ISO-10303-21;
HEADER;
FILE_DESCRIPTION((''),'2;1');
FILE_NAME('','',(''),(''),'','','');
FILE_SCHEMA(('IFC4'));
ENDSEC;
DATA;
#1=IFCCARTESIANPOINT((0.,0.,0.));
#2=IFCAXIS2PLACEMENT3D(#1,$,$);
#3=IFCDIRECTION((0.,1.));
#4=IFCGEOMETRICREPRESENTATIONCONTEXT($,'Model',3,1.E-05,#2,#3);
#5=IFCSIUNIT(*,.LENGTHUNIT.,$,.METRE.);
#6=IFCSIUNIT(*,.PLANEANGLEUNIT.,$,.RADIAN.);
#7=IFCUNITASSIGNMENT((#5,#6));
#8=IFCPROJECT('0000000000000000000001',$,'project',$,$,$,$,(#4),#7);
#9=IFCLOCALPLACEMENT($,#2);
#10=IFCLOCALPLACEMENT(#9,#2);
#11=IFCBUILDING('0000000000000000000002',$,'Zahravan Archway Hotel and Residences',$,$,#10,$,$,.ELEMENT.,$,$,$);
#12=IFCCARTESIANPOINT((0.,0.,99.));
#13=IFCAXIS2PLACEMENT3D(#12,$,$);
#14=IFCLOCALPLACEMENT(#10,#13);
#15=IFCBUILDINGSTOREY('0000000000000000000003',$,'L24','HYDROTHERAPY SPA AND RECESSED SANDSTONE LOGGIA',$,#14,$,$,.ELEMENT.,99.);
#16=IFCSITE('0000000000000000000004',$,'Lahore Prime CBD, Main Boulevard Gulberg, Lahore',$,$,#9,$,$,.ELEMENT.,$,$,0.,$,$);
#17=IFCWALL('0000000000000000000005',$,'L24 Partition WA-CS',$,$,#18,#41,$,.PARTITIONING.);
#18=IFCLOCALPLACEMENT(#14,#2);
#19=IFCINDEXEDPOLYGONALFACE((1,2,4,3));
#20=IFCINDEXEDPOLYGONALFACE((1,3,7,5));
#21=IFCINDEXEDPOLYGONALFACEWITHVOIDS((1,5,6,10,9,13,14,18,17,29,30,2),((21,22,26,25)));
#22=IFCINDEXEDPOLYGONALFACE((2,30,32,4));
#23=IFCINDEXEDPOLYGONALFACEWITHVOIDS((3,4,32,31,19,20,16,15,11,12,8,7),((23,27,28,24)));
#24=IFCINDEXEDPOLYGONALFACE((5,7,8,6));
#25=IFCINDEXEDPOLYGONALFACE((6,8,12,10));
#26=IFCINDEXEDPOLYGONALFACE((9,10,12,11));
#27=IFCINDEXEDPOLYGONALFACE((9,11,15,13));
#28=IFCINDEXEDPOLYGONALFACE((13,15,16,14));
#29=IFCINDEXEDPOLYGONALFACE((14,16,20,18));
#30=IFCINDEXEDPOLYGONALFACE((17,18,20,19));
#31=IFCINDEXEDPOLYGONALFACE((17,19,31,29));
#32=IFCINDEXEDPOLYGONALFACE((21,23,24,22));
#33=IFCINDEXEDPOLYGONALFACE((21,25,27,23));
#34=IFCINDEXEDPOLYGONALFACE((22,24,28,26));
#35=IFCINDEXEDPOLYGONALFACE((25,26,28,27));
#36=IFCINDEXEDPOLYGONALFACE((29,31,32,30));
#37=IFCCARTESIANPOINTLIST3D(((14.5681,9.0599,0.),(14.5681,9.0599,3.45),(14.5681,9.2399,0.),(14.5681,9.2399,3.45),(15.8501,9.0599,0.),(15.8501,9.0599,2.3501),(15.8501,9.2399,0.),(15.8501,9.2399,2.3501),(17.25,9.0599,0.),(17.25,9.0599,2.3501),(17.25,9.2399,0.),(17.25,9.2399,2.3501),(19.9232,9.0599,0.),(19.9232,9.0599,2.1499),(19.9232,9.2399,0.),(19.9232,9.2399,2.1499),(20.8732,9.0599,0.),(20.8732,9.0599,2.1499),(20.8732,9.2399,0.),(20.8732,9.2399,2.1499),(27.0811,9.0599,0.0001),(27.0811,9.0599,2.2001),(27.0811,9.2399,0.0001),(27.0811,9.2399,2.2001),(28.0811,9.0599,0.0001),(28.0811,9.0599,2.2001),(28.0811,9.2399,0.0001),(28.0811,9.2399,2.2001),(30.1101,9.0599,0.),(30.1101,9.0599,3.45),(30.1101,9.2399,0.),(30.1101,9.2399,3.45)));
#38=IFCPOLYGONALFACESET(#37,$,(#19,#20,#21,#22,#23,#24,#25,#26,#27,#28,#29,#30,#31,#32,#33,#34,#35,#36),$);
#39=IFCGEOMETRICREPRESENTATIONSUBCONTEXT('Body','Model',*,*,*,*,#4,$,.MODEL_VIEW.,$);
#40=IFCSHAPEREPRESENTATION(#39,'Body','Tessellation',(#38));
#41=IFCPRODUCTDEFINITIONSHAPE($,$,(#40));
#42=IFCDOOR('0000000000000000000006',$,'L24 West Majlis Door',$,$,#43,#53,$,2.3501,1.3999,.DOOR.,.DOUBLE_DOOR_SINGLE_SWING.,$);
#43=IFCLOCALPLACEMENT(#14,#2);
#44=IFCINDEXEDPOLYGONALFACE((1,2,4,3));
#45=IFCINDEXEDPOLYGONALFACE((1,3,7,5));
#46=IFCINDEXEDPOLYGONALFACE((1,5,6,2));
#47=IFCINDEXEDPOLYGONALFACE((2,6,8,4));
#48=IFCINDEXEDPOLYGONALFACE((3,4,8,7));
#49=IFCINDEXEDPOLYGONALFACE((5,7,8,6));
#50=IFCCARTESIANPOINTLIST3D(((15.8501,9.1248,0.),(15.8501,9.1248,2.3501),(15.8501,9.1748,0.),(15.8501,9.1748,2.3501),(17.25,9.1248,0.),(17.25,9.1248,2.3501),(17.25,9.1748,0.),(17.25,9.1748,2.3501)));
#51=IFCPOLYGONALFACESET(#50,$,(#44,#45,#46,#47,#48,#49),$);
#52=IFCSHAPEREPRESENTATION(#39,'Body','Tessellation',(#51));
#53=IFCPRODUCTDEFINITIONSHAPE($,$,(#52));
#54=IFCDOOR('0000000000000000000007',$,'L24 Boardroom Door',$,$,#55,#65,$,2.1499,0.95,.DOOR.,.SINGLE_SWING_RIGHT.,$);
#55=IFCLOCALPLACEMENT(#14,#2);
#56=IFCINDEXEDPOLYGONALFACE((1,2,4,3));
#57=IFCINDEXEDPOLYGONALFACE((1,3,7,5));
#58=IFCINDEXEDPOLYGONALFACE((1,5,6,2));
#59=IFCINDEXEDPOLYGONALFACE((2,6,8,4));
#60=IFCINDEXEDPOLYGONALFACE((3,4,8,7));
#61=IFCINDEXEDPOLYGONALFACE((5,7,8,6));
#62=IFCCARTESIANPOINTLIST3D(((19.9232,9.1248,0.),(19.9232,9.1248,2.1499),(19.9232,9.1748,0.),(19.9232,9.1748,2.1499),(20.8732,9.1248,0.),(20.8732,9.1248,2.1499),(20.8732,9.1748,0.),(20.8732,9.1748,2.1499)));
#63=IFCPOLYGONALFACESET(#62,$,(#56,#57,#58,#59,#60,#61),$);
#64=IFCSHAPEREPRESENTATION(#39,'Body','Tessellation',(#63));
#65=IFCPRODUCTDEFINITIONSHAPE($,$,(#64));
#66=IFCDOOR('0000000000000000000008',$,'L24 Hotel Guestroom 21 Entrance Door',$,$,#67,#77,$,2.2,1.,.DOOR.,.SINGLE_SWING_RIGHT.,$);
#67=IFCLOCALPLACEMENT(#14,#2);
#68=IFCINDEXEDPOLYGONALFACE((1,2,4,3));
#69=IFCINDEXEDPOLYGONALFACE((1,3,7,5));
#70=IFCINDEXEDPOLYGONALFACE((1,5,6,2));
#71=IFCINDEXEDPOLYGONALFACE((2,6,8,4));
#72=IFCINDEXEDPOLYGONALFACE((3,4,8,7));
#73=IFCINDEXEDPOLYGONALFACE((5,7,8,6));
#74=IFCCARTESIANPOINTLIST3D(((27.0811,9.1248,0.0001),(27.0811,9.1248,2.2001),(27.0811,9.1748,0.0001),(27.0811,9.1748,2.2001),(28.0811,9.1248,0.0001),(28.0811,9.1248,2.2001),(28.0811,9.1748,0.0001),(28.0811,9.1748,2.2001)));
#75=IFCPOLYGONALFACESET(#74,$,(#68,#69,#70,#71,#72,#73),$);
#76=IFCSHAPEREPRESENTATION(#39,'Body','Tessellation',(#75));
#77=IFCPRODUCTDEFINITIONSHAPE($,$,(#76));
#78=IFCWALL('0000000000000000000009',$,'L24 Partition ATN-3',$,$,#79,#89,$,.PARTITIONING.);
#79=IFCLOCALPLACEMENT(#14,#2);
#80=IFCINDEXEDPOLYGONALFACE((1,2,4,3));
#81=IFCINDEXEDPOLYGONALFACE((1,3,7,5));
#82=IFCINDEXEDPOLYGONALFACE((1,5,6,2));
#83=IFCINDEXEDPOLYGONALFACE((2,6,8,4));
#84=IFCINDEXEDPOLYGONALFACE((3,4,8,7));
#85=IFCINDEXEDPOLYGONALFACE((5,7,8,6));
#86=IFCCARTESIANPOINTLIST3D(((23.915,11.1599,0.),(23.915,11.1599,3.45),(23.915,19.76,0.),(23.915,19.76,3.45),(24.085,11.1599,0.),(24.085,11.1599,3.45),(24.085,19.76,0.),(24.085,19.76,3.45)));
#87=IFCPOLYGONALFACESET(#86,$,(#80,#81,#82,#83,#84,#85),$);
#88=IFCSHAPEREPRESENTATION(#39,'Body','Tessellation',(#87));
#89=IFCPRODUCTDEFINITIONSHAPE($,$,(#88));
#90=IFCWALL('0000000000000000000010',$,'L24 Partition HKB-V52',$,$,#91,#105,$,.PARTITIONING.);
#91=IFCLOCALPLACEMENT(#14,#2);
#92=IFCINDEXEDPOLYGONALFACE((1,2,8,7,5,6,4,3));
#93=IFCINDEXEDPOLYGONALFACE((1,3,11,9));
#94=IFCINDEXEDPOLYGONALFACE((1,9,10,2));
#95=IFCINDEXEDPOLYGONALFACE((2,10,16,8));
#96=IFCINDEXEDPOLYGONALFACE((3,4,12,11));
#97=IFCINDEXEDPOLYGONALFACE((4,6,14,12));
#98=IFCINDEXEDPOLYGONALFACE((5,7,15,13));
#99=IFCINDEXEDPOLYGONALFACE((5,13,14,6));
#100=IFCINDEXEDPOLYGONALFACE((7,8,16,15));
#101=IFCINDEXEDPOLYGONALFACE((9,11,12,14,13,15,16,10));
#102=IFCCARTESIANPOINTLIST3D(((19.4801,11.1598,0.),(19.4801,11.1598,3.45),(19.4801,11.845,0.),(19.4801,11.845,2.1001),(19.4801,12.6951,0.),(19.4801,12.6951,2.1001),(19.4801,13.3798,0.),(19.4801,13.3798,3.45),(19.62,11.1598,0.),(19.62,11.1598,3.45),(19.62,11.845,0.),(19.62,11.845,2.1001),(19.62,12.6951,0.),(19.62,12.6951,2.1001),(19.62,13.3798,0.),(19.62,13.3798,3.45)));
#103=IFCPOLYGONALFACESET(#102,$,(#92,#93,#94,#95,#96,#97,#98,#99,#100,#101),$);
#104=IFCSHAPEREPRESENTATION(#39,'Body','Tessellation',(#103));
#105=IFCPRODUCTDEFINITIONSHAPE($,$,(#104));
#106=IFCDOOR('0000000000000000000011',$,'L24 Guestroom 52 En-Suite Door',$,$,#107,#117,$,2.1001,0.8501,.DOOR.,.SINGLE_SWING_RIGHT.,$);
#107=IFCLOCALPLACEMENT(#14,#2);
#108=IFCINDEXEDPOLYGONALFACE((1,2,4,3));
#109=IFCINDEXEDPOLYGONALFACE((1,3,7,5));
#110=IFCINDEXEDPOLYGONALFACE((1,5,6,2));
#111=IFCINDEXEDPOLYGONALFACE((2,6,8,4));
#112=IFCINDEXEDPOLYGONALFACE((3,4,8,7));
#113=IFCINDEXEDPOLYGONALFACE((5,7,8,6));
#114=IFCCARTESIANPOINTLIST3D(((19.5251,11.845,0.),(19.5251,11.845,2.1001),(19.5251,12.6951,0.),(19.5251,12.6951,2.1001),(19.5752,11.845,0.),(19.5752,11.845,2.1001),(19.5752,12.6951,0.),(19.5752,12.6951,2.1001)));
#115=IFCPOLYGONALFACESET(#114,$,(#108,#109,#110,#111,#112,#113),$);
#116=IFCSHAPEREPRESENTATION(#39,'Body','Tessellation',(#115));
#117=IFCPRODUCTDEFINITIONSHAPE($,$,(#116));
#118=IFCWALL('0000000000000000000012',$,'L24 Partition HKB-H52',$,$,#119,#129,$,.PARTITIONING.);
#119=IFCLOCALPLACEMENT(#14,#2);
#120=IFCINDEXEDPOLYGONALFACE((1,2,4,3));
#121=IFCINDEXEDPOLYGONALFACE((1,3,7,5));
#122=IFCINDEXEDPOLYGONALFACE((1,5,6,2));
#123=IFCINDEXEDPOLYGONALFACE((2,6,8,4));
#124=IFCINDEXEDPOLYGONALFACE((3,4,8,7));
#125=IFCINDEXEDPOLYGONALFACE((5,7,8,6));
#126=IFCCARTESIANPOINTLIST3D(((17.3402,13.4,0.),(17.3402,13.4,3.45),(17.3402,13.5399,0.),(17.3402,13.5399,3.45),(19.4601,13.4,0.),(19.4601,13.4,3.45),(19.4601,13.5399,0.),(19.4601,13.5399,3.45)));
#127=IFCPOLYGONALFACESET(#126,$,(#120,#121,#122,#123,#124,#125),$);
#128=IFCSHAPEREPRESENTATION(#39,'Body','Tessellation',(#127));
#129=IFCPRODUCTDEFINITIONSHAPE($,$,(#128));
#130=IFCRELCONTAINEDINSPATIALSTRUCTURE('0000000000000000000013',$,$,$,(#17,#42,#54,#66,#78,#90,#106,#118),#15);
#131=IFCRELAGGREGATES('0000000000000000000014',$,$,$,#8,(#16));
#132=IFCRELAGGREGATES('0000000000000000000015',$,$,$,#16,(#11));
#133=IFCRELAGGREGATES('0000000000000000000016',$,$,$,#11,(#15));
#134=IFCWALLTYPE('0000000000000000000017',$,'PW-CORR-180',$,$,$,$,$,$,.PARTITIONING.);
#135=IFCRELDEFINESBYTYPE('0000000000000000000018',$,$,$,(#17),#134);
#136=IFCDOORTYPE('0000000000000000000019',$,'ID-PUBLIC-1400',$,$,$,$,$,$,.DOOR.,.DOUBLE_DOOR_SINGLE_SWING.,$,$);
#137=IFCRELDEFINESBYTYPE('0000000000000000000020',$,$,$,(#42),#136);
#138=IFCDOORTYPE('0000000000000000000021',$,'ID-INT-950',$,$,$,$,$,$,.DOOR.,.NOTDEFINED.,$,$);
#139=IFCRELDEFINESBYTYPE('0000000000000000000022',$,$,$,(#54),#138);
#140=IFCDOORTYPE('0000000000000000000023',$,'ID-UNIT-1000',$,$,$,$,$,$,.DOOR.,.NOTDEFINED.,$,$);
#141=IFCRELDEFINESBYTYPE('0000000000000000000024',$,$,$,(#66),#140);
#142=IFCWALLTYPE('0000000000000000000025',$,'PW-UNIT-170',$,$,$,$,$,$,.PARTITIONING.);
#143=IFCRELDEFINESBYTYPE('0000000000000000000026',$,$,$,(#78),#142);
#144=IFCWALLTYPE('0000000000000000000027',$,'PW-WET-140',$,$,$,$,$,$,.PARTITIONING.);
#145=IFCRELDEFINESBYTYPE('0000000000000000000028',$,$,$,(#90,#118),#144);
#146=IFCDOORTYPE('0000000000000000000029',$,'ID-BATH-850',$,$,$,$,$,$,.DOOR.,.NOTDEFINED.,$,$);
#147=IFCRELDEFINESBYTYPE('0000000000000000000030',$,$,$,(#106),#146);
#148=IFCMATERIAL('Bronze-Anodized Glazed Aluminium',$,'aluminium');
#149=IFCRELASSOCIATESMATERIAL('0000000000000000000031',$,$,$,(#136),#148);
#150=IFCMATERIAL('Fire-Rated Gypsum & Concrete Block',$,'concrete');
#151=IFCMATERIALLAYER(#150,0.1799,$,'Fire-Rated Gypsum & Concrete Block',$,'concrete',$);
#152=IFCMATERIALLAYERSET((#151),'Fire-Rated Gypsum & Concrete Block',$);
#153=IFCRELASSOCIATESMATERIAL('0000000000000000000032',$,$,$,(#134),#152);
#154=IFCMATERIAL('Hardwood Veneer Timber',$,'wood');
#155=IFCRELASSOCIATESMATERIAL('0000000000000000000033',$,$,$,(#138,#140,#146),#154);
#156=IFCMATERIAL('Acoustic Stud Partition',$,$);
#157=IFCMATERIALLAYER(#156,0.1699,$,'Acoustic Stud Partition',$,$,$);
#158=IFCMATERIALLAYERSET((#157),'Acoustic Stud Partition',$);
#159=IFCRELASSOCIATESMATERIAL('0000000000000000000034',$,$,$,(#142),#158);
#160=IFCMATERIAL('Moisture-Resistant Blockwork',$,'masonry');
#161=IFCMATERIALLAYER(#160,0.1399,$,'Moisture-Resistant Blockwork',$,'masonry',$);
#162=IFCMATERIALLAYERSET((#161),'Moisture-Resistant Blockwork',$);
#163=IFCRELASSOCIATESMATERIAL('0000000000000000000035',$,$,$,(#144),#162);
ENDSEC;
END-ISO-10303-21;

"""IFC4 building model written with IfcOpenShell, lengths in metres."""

from ifc_helpers import new_model, si_unit, direction, frame, frame_2d, origin, place, context, subcontext, project, spatial, rectangle, extrude, source, transform, mapped, material, layer, layer_set, type_object, type_shapes, element, fill, save


model = new_model("IFC4")

# Units and contexts
model_context = context("Model", 3, precision=1e-05, world=origin(), true_north=direction((0.0, 1.0)))
body_context = subcontext(model_context, "Body", "Model", "MODEL_VIEW")
ifc_project = project(units=[si_unit("LENGTHUNIT", "METRE"), si_unit("PLANEANGLEUNIT", "RADIAN")], contexts=[model_context])

# Site, building, storey
site_placement = place(None, origin())
site = spatial("IfcSite", under=ifc_project, at=site_placement, Name="Lahore Prime CBD, Main Boulevard Gulberg, Lahore", CompositionType="ELEMENT", RefElevation=0.0)
building_placement = place(site_placement, origin())
building = spatial("IfcBuilding", under=site, at=building_placement, Name="Zahravan Archway Hotel and Residences", CompositionType="ELEMENT")
storey_placement = place(building_placement, frame((0.0, 0.0, 99.0)))
storey = spatial("IfcBuildingStorey", under=building, at=storey_placement, Name="L24", Description="HYDROTHERAPY SPA AND RECESSED SANDSTONE LOGGIA", CompositionType="ELEMENT", Elevation=99.0)

# Shared definitions
ifc_material_1 = material(Name="Fire-Rated Gypsum & Concrete Block", Category="concrete")
ifc_material_2 = material(Name="Bronze-Anodized Glazed Aluminium", Category="aluminium")
door_type_1 = type_object("IfcDoorType", Name="ID-PUBLIC-1400", OperationType="DOUBLE_DOOR_SINGLE_SWING", PredefinedType="DOOR", material=ifc_material_2)
shared_shape_1 = source(origin(), body_context, "Body", "SweptSolid", [
    extrude(rectangle(XDim=1.3999, YDim=2.3501, at=frame_2d((0.7, 1.175))), frame((0.0, 0.0249, 0.0), z_axis=(0.0, -1.0, 0.0), x_axis=(1.0, 0.0, 0.0)), (0.0, 0.0, 1.0), 0.05),
])
type_shapes(door_type_1, [shared_shape_1])
ifc_material_3 = material(Name="Hardwood Veneer Timber", Category="wood")

# Wall, openings, doors
ifc_layer_1 = layer(ifc_material_1, 0.1799, Name="Fire-Rated Gypsum & Concrete Block", Category="concrete")
ifc_layer_set_1 = layer_set([ifc_layer_1], Name="Fire-Rated Gypsum & Concrete Block")
wall_type_1 = type_object("IfcWallType", Name="PW-CORR-180", PredefinedType="PARTITIONING", material=ifc_layer_set_1)
wall_1_placement = place(storey_placement, frame((14.5681, 9.1499, 0.0), z_axis=(0.0, 0.0, 1.0), x_axis=(1.0, 0.0, 0.0)))
wall_1 = element("IfcWall", 1, at=wall_1_placement, inside=storey, type_object=wall_type_1, Name="L24 Partition WA-CS", PredefinedType="PARTITIONING", context=body_context, shape_type="SweptSolid", body=[
    extrude(rectangle(XDim=15.542, YDim=0.1799, at=frame_2d((7.771, 0.0))), origin(), (0.0, 0.0, 1.0), 3.45),
])
opening_1_placement = place(wall_1_placement, frame((1.282, 0.0, 0.0)))
opening_1 = element("IfcOpeningElement", 2, at=opening_1_placement, cuts=wall_1, PredefinedType="OPENING", context=body_context, shape_type="SweptSolid", body=[
    extrude(rectangle(XDim=1.3999, YDim=2.3501, at=frame_2d((0.7, 1.175))), frame((0.0, 0.1001, 0.0), z_axis=(0.0, -1.0, 0.0), x_axis=(1.0, 0.0, 0.0)), (0.0, 0.0, 1.0), 0.2),
])
opening_2_placement = place(wall_1_placement, frame((5.355, 0.0, 0.0)))
opening_2 = element("IfcOpeningElement", 3, at=opening_2_placement, cuts=wall_1, PredefinedType="OPENING", context=body_context, shape_type="SweptSolid", body=[
    extrude(rectangle(XDim=0.95, YDim=2.1499, at=frame_2d((0.4751, 1.075))), frame((0.0, 0.1001, 0.0), z_axis=(0.0, -1.0, 0.0), x_axis=(1.0, 0.0, 0.0)), (0.0, 0.0, 1.0), 0.2),
])
opening_3_placement = place(wall_1_placement, frame((12.5129, 0.0, 0.0)))
opening_3 = element("IfcOpeningElement", 4, at=opening_3_placement, cuts=wall_1, PredefinedType="OPENING", context=body_context, shape_type="SweptSolid", body=[
    extrude(rectangle(XDim=1.0, YDim=2.2, at=frame_2d((0.5, 1.1001))), frame((0.0, 0.1001, 0.0), z_axis=(0.0, -1.0, 0.0), x_axis=(1.0, 0.0, 0.0)), (0.0, 0.0, 1.0), 0.2),
])
door_1_placement = place(opening_1_placement, origin())
door_1 = element("IfcDoor", 5, at=door_1_placement, inside=storey, type_object=door_type_1, Name="L24 West Majlis Door", OperationType="DOUBLE_DOOR_SINGLE_SWING", OverallHeight=2.3501, OverallWidth=1.3999, PredefinedType="DOOR", context=body_context, shape_type="MappedRepresentation", body=[
    mapped(shared_shape_1, transform((0.0, 0.0, 0.0), scale=1.0)),
])
fill(opening_1, door_1)
door_type_2 = type_object("IfcDoorType", Name="ID-INT-950", OperationType="NOTDEFINED", PredefinedType="DOOR", material=ifc_material_3)
shared_shape_2 = source(origin(), body_context, "Body", "SweptSolid", [
    extrude(rectangle(XDim=0.95, YDim=2.1499, at=frame_2d((0.4751, 1.075))), frame((0.0, 0.0249, 0.0), z_axis=(0.0, -1.0, 0.0), x_axis=(1.0, 0.0, 0.0)), (0.0, 0.0, 1.0), 0.05),
])
type_shapes(door_type_2, [shared_shape_2])
door_2_placement = place(opening_2_placement, origin())
door_2 = element("IfcDoor", 6, at=door_2_placement, inside=storey, type_object=door_type_2, Name="L24 Boardroom Door", OperationType="SINGLE_SWING_RIGHT", OverallHeight=2.1499, OverallWidth=0.95, PredefinedType="DOOR", context=body_context, shape_type="MappedRepresentation", body=[
    mapped(shared_shape_2, transform((0.0, 0.0, 0.0), scale=1.0)),
])
fill(opening_2, door_2)
door_type_3 = type_object("IfcDoorType", Name="ID-UNIT-1000", OperationType="NOTDEFINED", PredefinedType="DOOR", material=ifc_material_3)
shared_shape_3 = source(origin(), body_context, "Body", "SweptSolid", [
    extrude(rectangle(XDim=1.0, YDim=2.2, at=frame_2d((0.5, 1.1001))), frame((0.0, 0.0249, 0.0), z_axis=(0.0, -1.0, 0.0), x_axis=(1.0, 0.0, 0.0)), (0.0, 0.0, 1.0), 0.05),
])
type_shapes(door_type_3, [shared_shape_3])
door_3_placement = place(opening_3_placement, origin())
door_3 = element("IfcDoor", 7, at=door_3_placement, inside=storey, type_object=door_type_3, Name="L24 Hotel Guestroom 21 Entrance Door", OperationType="SINGLE_SWING_RIGHT", OverallHeight=2.2, OverallWidth=1.0, PredefinedType="DOOR", context=body_context, shape_type="MappedRepresentation", body=[
    mapped(shared_shape_3, transform((0.0, 0.0, 0.0), scale=1.0)),
])
fill(opening_3, door_3)

# Wall
ifc_material_4 = material(Name="Acoustic Stud Partition")
ifc_layer_2 = layer(ifc_material_4, 0.1699, Name="Acoustic Stud Partition")
ifc_layer_set_2 = layer_set([ifc_layer_2], Name="Acoustic Stud Partition")
wall_type_2 = type_object("IfcWallType", Name="PW-UNIT-170", PredefinedType="PARTITIONING", material=ifc_layer_set_2)
wall_2_placement = place(storey_placement, frame((24.0, 11.1599, 0.0), z_axis=(0.0, 0.0, 1.0), x_axis=(0.0, 1.0, 0.0)))
element("IfcWall", 8, at=wall_2_placement, inside=storey, type_object=wall_type_2, Name="L24 Partition ATN-3", PredefinedType="PARTITIONING", context=body_context, shape_type="SweptSolid", body=[
    extrude(rectangle(XDim=8.6001, YDim=0.1699, at=frame_2d((4.3, 0.0))), origin(), (0.0, 0.0, 1.0), 3.45),
])

# Wall, opening, door
ifc_material_5 = material(Name="Moisture-Resistant Blockwork", Category="masonry")
ifc_layer_3 = layer(ifc_material_5, 0.1399, Name="Moisture-Resistant Blockwork", Category="masonry")
ifc_layer_set_3 = layer_set([ifc_layer_3], Name="Moisture-Resistant Blockwork")
wall_type_3 = type_object("IfcWallType", Name="PW-WET-140", PredefinedType="PARTITIONING", material=ifc_layer_set_3)
wall_3_placement = place(storey_placement, frame((19.55, 11.1599, 0.0), z_axis=(0.0, 0.0, 1.0), x_axis=(0.0, 1.0, 0.0)))
wall_3 = element("IfcWall", 9, at=wall_3_placement, inside=storey, type_object=wall_type_3, Name="L24 Partition HKB-V52", PredefinedType="PARTITIONING", context=body_context, shape_type="SweptSolid", body=[
    extrude(rectangle(XDim=2.22, YDim=0.1399, at=frame_2d((1.1099, 0.0))), origin(), (0.0, 0.0, 1.0), 3.45),
])
opening_4_placement = place(wall_3_placement, frame((0.6851, 0.0, 0.0)))
opening_4 = element("IfcOpeningElement", 10, at=opening_4_placement, cuts=wall_3, PredefinedType="OPENING", context=body_context, shape_type="SweptSolid", body=[
    extrude(rectangle(XDim=0.8501, YDim=2.1001, at=frame_2d((0.425, 1.05))), frame((0.0, 0.0801, 0.0), z_axis=(0.0, -1.0, 0.0), x_axis=(1.0, 0.0, 0.0)), (0.0, 0.0, 1.0), 0.1599),
])
door_type_4 = type_object("IfcDoorType", Name="ID-BATH-850", OperationType="NOTDEFINED", PredefinedType="DOOR", material=ifc_material_3)
shared_shape_4 = source(origin(), body_context, "Body", "SweptSolid", [
    extrude(rectangle(XDim=0.8501, YDim=2.1001, at=frame_2d((0.425, 1.05))), frame((0.0, 0.0249, 0.0), z_axis=(0.0, -1.0, 0.0), x_axis=(1.0, 0.0, 0.0)), (0.0, 0.0, 1.0), 0.05),
])
type_shapes(door_type_4, [shared_shape_4])
door_4_placement = place(opening_4_placement, origin())
door_4 = element("IfcDoor", 11, at=door_4_placement, inside=storey, type_object=door_type_4, Name="L24 Guestroom 52 En-Suite Door", OperationType="SINGLE_SWING_RIGHT", OverallHeight=2.1001, OverallWidth=0.8501, PredefinedType="DOOR", context=body_context, shape_type="MappedRepresentation", body=[
    mapped(shared_shape_4, transform((0.0, 0.0, 0.0), scale=1.0)),
])
fill(opening_4, door_4)

# Wall
wall_4_placement = place(storey_placement, frame((17.3401, 13.47, 0.0), z_axis=(0.0, 0.0, 1.0), x_axis=(1.0, 0.0, 0.0)))
element("IfcWall", 12, at=wall_4_placement, inside=storey, type_object=wall_type_3, Name="L24 Partition HKB-H52", PredefinedType="PARTITIONING", context=body_context, shape_type="SweptSolid", body=[
    extrude(rectangle(XDim=2.1199, YDim=0.1399, at=frame_2d((1.0601, 0.0))), origin(), (0.0, 0.0, 1.0), 3.45),
])

save(model, "model.ifc")
